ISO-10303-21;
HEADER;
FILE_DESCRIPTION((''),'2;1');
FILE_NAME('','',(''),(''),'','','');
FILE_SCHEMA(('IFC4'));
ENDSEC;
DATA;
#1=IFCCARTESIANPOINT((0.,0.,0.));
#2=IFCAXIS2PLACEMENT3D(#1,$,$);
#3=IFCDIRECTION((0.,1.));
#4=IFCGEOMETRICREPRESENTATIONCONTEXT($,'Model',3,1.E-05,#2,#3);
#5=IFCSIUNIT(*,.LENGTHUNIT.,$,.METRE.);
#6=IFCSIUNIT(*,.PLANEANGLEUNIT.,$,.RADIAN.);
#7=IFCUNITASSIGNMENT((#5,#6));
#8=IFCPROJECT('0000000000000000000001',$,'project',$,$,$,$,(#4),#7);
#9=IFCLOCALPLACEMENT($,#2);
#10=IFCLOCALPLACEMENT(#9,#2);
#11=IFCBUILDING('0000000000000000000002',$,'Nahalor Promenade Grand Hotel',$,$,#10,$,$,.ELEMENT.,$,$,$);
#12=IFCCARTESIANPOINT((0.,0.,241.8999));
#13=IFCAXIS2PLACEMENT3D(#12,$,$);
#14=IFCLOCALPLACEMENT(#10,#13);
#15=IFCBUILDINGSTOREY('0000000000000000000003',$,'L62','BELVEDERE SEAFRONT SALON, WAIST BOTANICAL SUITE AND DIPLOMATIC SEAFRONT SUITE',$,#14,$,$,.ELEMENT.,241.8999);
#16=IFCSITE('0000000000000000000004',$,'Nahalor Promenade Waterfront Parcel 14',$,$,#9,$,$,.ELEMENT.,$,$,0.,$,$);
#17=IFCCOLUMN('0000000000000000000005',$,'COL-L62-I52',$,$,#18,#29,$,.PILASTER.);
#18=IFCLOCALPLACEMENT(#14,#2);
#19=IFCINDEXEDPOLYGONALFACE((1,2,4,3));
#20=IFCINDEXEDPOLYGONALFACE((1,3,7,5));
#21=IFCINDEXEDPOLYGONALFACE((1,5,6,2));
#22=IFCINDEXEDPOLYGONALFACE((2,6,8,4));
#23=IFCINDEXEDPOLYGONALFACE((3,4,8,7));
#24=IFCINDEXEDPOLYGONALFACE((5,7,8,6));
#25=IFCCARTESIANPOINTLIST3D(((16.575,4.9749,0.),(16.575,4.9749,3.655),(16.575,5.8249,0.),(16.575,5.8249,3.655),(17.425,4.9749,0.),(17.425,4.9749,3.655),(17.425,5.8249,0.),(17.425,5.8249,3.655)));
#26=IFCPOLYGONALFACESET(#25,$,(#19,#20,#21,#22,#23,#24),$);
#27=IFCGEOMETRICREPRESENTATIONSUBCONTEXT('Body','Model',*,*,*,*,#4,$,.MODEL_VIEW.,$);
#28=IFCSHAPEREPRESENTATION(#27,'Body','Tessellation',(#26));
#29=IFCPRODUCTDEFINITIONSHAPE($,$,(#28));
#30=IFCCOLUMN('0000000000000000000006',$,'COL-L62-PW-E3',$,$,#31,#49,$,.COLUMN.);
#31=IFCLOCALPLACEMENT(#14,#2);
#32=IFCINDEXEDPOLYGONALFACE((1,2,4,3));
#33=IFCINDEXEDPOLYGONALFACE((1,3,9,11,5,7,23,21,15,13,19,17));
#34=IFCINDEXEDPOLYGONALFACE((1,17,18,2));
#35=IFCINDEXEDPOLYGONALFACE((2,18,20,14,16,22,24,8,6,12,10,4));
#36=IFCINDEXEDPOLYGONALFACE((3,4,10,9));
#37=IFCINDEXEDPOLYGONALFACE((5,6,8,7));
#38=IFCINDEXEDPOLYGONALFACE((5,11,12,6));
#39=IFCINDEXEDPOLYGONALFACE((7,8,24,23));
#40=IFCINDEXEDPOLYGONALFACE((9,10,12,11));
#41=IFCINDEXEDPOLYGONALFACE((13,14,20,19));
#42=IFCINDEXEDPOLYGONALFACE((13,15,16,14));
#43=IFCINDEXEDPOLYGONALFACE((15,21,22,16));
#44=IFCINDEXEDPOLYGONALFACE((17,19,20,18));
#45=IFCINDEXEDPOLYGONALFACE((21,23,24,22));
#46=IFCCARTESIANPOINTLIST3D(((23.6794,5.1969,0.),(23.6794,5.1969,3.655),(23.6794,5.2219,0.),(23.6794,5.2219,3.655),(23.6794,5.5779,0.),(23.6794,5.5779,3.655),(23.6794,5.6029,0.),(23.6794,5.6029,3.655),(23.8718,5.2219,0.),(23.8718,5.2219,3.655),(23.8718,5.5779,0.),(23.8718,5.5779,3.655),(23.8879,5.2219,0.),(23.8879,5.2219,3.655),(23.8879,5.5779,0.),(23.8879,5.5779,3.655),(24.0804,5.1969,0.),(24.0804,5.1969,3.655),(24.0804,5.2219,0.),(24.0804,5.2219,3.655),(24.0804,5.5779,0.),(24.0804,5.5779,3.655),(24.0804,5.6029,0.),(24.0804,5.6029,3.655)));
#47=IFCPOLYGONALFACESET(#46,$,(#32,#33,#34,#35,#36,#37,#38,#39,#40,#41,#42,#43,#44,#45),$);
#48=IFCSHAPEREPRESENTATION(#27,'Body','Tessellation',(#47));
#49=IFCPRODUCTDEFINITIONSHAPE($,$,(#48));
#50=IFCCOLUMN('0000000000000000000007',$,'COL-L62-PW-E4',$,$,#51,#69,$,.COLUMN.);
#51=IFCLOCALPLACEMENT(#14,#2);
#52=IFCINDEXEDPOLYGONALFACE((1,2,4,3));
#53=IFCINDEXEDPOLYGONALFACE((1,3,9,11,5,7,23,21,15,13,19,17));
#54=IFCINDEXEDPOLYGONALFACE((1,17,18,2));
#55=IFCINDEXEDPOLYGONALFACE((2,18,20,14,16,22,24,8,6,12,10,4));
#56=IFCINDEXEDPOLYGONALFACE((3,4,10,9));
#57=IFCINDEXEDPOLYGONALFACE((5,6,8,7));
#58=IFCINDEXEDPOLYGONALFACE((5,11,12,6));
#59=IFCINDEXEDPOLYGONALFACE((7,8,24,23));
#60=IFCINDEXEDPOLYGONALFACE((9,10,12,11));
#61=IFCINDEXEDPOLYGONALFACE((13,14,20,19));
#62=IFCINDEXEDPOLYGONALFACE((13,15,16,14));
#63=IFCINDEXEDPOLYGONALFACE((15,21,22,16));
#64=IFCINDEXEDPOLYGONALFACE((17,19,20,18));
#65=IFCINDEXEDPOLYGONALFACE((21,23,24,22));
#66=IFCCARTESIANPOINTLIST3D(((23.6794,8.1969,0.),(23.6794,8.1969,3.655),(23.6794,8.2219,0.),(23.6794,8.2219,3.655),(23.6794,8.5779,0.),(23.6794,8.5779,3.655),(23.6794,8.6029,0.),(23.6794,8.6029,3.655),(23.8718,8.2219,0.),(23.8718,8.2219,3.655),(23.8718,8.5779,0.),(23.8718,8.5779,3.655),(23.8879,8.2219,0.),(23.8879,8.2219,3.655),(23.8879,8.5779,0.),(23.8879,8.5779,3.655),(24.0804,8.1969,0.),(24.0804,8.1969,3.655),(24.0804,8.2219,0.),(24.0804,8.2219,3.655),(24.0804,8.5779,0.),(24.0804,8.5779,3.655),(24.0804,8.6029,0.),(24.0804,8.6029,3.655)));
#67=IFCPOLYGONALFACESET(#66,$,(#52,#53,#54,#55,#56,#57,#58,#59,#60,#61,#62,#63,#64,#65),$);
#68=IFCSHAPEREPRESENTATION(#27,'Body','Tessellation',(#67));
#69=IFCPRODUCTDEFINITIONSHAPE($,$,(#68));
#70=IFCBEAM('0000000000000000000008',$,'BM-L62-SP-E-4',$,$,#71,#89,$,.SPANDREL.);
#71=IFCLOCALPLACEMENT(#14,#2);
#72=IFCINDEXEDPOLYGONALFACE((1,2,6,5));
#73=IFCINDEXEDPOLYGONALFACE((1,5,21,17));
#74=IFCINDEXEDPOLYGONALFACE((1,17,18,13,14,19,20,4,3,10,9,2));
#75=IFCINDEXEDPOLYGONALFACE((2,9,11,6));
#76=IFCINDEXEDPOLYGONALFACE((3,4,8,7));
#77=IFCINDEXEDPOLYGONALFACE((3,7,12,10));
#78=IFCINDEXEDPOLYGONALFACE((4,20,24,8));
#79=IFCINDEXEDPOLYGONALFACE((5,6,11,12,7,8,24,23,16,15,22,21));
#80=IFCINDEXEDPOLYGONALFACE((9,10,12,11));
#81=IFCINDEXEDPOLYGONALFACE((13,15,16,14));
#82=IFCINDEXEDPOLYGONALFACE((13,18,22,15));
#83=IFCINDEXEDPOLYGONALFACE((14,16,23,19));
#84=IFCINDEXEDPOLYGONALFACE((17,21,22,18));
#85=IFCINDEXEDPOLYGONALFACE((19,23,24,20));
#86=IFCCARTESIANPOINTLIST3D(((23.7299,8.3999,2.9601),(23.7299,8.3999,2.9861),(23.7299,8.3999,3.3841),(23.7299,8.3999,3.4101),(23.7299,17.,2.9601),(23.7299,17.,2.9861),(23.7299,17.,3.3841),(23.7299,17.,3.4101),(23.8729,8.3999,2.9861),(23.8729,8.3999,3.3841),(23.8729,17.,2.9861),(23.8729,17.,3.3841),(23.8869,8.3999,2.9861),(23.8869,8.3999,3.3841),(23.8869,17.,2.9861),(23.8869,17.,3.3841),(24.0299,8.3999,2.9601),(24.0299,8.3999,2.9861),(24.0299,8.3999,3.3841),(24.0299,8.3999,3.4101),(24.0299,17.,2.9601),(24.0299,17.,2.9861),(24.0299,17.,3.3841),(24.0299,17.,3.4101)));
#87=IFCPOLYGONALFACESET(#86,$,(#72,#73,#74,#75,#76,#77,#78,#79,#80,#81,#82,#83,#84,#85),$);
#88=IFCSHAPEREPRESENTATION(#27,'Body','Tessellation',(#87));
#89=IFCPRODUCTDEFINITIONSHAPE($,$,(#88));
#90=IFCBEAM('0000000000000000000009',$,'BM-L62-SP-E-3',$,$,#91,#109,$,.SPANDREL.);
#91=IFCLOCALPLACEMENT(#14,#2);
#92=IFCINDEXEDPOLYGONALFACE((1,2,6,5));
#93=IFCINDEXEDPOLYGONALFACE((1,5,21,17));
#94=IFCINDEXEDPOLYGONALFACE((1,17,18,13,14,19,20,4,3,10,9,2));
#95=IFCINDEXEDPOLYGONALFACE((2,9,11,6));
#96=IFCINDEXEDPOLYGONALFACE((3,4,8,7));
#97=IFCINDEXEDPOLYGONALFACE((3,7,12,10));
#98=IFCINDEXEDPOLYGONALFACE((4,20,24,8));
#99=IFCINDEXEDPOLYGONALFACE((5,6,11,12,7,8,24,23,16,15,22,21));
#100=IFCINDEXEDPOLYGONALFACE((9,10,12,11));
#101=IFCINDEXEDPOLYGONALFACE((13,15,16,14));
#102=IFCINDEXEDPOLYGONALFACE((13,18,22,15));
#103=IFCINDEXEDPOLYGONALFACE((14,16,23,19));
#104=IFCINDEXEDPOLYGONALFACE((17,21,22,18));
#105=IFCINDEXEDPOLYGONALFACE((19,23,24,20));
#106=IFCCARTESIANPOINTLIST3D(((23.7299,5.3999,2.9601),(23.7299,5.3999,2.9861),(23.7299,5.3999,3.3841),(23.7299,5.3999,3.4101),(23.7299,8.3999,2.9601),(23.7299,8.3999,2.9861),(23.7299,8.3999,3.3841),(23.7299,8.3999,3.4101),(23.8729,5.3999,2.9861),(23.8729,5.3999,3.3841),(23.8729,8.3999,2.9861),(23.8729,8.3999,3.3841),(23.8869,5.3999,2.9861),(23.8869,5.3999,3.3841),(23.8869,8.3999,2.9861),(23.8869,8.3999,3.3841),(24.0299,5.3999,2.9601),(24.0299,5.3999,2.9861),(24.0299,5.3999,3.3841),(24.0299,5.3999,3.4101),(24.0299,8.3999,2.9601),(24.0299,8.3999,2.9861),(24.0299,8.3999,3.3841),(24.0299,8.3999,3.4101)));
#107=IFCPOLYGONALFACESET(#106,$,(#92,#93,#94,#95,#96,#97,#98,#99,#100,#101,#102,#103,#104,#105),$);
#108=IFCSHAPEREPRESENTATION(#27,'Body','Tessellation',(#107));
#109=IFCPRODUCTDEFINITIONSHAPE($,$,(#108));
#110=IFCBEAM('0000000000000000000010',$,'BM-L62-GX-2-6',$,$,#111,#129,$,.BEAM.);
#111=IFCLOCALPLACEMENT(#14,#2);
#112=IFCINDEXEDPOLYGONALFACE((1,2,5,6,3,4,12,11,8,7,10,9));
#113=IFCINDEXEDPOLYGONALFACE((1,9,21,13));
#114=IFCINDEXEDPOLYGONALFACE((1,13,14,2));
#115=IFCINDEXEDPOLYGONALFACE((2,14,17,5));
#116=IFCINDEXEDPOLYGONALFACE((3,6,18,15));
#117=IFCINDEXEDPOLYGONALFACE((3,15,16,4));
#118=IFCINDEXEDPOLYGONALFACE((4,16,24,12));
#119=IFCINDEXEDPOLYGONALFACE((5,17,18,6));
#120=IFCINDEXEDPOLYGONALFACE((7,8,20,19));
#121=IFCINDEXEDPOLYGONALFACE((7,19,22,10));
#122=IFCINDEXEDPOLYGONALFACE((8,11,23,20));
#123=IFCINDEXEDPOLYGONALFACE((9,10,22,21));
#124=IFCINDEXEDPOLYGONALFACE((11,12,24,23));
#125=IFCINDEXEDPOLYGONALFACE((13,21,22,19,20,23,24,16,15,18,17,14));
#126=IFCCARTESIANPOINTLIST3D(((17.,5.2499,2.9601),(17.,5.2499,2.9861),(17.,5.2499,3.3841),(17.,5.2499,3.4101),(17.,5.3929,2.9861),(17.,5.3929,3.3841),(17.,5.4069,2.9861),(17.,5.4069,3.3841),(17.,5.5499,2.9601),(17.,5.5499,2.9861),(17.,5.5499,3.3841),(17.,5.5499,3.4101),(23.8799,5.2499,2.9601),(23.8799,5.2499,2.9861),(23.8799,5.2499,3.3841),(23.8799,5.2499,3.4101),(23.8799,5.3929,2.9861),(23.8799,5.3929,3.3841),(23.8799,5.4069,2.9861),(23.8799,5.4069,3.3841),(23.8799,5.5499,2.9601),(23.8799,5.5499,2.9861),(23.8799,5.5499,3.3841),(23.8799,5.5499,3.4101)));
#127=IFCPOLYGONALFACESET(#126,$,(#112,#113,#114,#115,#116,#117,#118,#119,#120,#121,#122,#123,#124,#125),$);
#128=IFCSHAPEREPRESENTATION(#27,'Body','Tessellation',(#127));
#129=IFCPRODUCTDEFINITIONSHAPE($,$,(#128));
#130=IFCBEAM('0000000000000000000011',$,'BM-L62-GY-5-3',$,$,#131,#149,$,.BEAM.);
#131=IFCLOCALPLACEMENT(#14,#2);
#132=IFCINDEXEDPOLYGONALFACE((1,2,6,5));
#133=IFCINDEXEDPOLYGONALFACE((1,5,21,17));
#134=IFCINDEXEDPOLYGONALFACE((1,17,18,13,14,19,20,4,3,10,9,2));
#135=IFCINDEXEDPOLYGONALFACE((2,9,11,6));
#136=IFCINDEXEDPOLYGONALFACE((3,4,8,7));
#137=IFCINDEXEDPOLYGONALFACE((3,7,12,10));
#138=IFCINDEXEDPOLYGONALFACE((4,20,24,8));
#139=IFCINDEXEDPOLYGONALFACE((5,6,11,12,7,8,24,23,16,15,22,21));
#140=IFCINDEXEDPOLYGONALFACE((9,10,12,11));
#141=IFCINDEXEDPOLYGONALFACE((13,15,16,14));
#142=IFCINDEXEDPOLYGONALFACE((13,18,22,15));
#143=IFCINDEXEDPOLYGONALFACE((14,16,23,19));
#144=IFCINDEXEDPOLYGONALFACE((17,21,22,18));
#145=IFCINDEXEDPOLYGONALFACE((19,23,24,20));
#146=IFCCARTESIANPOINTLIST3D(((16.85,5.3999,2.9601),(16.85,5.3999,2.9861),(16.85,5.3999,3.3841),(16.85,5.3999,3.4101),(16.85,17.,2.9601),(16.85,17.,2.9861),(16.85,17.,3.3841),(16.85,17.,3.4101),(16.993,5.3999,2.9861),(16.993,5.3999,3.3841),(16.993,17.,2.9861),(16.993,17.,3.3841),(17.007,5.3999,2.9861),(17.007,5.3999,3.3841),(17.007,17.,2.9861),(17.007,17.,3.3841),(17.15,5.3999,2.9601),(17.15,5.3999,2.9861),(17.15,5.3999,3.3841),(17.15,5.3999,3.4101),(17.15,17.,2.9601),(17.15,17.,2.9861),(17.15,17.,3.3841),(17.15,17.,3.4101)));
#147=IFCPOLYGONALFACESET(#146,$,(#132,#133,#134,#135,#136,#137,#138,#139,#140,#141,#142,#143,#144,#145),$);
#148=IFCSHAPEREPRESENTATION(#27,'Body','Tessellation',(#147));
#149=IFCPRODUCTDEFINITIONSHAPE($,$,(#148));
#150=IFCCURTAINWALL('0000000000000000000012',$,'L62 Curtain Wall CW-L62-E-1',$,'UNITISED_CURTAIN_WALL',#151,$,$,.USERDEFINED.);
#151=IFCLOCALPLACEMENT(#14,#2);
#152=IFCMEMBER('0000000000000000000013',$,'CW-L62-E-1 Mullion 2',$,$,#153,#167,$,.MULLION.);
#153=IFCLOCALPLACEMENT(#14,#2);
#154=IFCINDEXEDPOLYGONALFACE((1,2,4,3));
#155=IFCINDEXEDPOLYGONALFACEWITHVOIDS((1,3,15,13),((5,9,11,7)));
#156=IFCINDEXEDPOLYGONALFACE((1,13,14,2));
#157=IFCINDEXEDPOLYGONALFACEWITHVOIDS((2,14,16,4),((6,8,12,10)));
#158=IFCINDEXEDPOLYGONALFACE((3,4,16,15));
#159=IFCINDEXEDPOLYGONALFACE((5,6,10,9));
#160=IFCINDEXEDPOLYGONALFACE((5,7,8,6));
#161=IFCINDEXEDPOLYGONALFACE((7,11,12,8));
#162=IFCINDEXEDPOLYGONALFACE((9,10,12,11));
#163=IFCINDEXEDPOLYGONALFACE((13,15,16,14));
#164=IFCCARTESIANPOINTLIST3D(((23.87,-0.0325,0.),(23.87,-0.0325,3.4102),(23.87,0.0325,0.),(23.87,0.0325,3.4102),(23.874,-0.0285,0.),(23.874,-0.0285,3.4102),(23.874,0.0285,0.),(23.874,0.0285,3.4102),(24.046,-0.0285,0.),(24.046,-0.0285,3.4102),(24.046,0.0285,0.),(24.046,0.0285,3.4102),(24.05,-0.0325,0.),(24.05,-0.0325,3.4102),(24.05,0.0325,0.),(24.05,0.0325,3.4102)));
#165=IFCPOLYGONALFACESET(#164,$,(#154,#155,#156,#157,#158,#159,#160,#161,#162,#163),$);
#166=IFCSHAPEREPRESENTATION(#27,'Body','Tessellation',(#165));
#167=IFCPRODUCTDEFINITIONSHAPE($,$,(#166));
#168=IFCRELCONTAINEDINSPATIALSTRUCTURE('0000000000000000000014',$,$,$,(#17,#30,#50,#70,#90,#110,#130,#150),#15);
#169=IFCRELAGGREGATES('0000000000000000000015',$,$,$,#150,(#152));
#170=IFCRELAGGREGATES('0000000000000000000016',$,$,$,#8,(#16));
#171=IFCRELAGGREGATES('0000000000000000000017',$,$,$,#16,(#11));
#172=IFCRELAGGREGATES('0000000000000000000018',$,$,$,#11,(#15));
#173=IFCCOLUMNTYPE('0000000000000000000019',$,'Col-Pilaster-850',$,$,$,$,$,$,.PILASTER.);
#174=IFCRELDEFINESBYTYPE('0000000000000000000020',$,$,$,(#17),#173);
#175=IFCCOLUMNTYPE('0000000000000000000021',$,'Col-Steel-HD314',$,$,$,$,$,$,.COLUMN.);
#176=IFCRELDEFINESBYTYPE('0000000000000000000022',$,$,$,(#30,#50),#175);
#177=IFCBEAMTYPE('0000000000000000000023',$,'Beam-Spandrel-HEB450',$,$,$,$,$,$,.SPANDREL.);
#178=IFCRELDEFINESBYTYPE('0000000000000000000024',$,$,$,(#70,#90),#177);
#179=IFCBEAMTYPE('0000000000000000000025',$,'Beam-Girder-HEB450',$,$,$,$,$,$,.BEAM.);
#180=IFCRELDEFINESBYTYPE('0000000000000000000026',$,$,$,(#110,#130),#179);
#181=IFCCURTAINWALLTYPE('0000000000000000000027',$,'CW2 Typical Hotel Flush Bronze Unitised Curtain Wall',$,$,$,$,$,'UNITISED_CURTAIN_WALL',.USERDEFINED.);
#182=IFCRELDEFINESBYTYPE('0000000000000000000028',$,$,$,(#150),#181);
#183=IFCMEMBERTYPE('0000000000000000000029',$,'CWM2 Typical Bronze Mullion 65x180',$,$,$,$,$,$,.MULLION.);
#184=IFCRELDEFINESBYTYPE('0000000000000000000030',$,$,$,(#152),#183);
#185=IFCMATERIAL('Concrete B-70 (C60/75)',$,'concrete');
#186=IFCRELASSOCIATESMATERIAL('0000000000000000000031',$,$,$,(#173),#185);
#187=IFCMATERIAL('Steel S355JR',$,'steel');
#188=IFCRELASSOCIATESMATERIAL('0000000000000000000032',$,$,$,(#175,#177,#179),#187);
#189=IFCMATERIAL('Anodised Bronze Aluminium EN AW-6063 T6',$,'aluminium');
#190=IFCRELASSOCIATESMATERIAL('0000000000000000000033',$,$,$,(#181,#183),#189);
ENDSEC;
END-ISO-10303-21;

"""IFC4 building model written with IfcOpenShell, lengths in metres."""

from ifc_helpers import new_model, si_unit, direction, frame, origin, origin_2d, place, context, subcontext, project, spatial, rectangle, hollow_rectangle, i_section, extrude, source, transform, mapped, material, material_profile, profile_set, type_object, element, aggregate, save


model = new_model("IFC4")

# Units and contexts
model_context = context("Model", 3, precision=1e-05, world=origin(), true_north=direction((0.0, 1.0)))
body_context = subcontext(model_context, "Body", "Model", "MODEL_VIEW")
ifc_project = project(units=[si_unit("LENGTHUNIT", "METRE"), si_unit("PLANEANGLEUNIT", "RADIAN")], contexts=[model_context])

# Site, building, storey
site_placement = place(None, origin())
site = spatial("IfcSite", under=ifc_project, at=site_placement, Name="Nahalor Promenade Waterfront Parcel 14", CompositionType="ELEMENT", RefElevation=0.0)
building_placement = place(site_placement, origin())
building = spatial("IfcBuilding", under=site, at=building_placement, Name="Nahalor Promenade Grand Hotel", CompositionType="ELEMENT")
storey_placement = place(building_placement, frame((0.0, 0.0, 241.8999)))
storey = spatial("IfcBuildingStorey", under=building, at=storey_placement, Name="L62", Description="BELVEDERE SEAFRONT SALON, WAIST BOTANICAL SUITE AND DIPLOMATIC SEAFRONT SUITE", CompositionType="ELEMENT", Elevation=241.8999)

# Columns
ifc_material_1 = material(Name="Concrete B-70 (C60/75)", Category="concrete")
ifc_material_profile_1 = material_profile(ifc_material_1, rectangle(XDim=0.85, YDim=0.85, at=origin_2d()), Name="RC 850x850")
ifc_profile_set_1 = profile_set([ifc_material_profile_1], Name="Concrete B-70 (C60/75)")
column_type_1 = type_object("IfcColumnType", Name="Col-Pilaster-850", PredefinedType="PILASTER", material=ifc_profile_set_1)
shared_shape_1 = source(origin(), body_context, "Body", "SweptSolid", [
    extrude(rectangle(XDim=0.85, YDim=0.85, at=origin_2d()), origin(), (0.0, 0.0, 1.0), 3.655),
])
column_placement = place(storey_placement, frame((17.0, 5.3999, 0.0), z_axis=(0.0, 0.0, 1.0), x_axis=(1.0, 0.0, 0.0)))
element("IfcColumn", 1, at=column_placement, inside=storey, type_object=column_type_1, Name="COL-L62-I52", PredefinedType="PILASTER", context=body_context, shape_type="MappedRepresentation", body=[
    mapped(shared_shape_1, transform((0.0, 0.0, 0.0), scale=1.0)),
])
ifc_material_2 = material(Name="Steel S355JR", Category="steel")
ifc_material_profile_2 = material_profile(ifc_material_2, i_section(OverallWidth=0.401, OverallDepth=0.406, WebThickness=0.0161, FlangeThickness=0.025, at=origin_2d()), Name="HD 400x314")
ifc_profile_set_2 = profile_set([ifc_material_profile_2], Name="Steel S355JR")
column_type_2 = type_object("IfcColumnType", Name="Col-Steel-HD314", PredefinedType="COLUMN", material=ifc_profile_set_2)
shared_shape_2 = source(origin(), body_context, "Body", "SweptSolid", [
    extrude(i_section(OverallWidth=0.401, OverallDepth=0.406, WebThickness=0.0161, FlangeThickness=0.025, at=origin_2d()), origin(), (0.0, 0.0, 1.0), 3.655),
])
for number, where, z_axis, x_axis, name in (
    (2, (23.8799, 5.3999, 0.0), (0.0, 0.0, 1.0), (1.0, 0.0, 0.0), "COL-L62-PW-E3"),
    (3, (23.8799, 8.3999, 0.0), (0.0, 0.0, 1.0), (1.0, 0.0, 0.0), "COL-L62-PW-E4"),
):
    element("IfcColumn", number, at=place(storey_placement, frame(where, z_axis=z_axis, x_axis=x_axis)), inside=storey, type_object=column_type_2, Name=name, PredefinedType="COLUMN", context=body_context, shape_type="MappedRepresentation", body=[
        mapped(shared_shape_2, transform((0.0, 0.0, 0.0), scale=1.0)),
    ])

# Beams
ifc_material_profile_3 = material_profile(ifc_material_2, i_section(OverallWidth=0.3, OverallDepth=0.45, WebThickness=0.014, FlangeThickness=0.026, at=origin_2d()), Name="HEB 450")
ifc_profile_set_3 = profile_set([ifc_material_profile_3], Name="Steel S355JR")
beam_type_1 = type_object("IfcBeamType", Name="Beam-Spandrel-HEB450", PredefinedType="SPANDREL", material=ifc_profile_set_3)
shared_shape_3 = source(origin(), body_context, "Body", "SweptSolid", [
    extrude(i_section(OverallWidth=0.3, OverallDepth=0.45, WebThickness=0.014, FlangeThickness=0.026, at=origin_2d()), origin(), (0.0, 0.0, 1.0), 8.6001),
])
beam_1_placement = place(storey_placement, frame((23.8799, 8.3999, 3.1851), z_axis=(0.0, 1.0, 0.0), x_axis=(-1.0, 0.0, 0.0)))
element("IfcBeam", 4, at=beam_1_placement, inside=storey, type_object=beam_type_1, Name="BM-L62-SP-E-4", PredefinedType="SPANDREL", context=body_context, shape_type="MappedRepresentation", body=[
    mapped(shared_shape_3, transform((0.0, 0.0, 0.0), scale=1.0)),
])
shared_shape_4 = source(origin(), body_context, "Body", "SweptSolid", [
    extrude(i_section(OverallWidth=0.3, OverallDepth=0.45, WebThickness=0.014, FlangeThickness=0.026, at=origin_2d()), origin(), (0.0, 0.0, 1.0), 3.0),
])
beam_2_placement = place(storey_placement, frame((23.8799, 5.3999, 3.1851), z_axis=(0.0, 1.0, 0.0), x_axis=(-1.0, 0.0, 0.0)))
element("IfcBeam", 5, at=beam_2_placement, inside=storey, type_object=beam_type_1, Name="BM-L62-SP-E-3", PredefinedType="SPANDREL", context=body_context, shape_type="MappedRepresentation", body=[
    mapped(shared_shape_4, transform((0.0, 0.0, 0.0), scale=1.0)),
])
ifc_material_profile_4 = material_profile(ifc_material_2, i_section(OverallWidth=0.3, OverallDepth=0.45, WebThickness=0.014, FlangeThickness=0.026, at=origin_2d()), Name="HEB 450")
ifc_profile_set_4 = profile_set([ifc_material_profile_4], Name="Steel S355JR")
beam_type_2 = type_object("IfcBeamType", Name="Beam-Girder-HEB450", PredefinedType="BEAM", material=ifc_profile_set_4)
shared_shape_5 = source(origin(), body_context, "Body", "SweptSolid", [
    extrude(i_section(OverallWidth=0.3, OverallDepth=0.45, WebThickness=0.014, FlangeThickness=0.026, at=origin_2d()), origin(), (0.0, 0.0, 1.0), 6.8799),
])
beam_3_placement = place(storey_placement, frame((17.0, 5.3999, 3.1851), z_axis=(1.0, 0.0, 0.0), x_axis=(0.0, 1.0, 0.0)))
element("IfcBeam", 6, at=beam_3_placement, inside=storey, type_object=beam_type_2, Name="BM-L62-GX-2-6", PredefinedType="BEAM", context=body_context, shape_type="MappedRepresentation", body=[
    mapped(shared_shape_5, transform((0.0, 0.0, 0.0), scale=1.0)),
])
shared_shape_6 = source(origin(), body_context, "Body", "SweptSolid", [
    extrude(i_section(OverallWidth=0.3, OverallDepth=0.45, WebThickness=0.014, FlangeThickness=0.026, at=origin_2d()), origin(), (0.0, 0.0, 1.0), 11.6001),
])
beam_4_placement = place(storey_placement, frame((17.0, 5.3999, 3.1851), z_axis=(0.0, 1.0, 0.0), x_axis=(-1.0, 0.0, 0.0)))
element("IfcBeam", 7, at=beam_4_placement, inside=storey, type_object=beam_type_2, Name="BM-L62-GY-5-3", PredefinedType="BEAM", context=body_context, shape_type="MappedRepresentation", body=[
    mapped(shared_shape_6, transform((0.0, 0.0, 0.0), scale=1.0)),
])

# Curtain wall, member
ifc_material_3 = material(Name="Anodised Bronze Aluminium EN AW-6063 T6", Category="aluminium")
curtain_wall_type = type_object("IfcCurtainWallType", Name="CW2 Typical Hotel Flush Bronze Unitised Curtain Wall", ElementType="UNITISED_CURTAIN_WALL", PredefinedType="USERDEFINED", material=ifc_material_3)
curtain_wall_placement = place(storey_placement, origin())
curtain_wall = element("IfcCurtainWall", 8, at=curtain_wall_placement, inside=storey, type_object=curtain_wall_type, Name="L62 Curtain Wall CW-L62-E-1", ObjectType="UNITISED_CURTAIN_WALL", PredefinedType="USERDEFINED")
ifc_material_profile_5 = material_profile(ifc_material_3, hollow_rectangle(XDim=0.065, YDim=0.18, WallThickness=0.004, at=origin_2d()), Name="CWM 65x180x4")
ifc_profile_set_5 = profile_set([ifc_material_profile_5], Name="Anodised Bronze Aluminium EN AW-6063 T6")
member_type_1 = type_object("IfcMemberType", Name="CWM2 Typical Bronze Mullion 65x180", PredefinedType="MULLION", material=ifc_profile_set_5)
shared_shape_7 = source(origin(), body_context, "Body", "SweptSolid", [
    extrude(hollow_rectangle(XDim=0.065, YDim=0.18, WallThickness=0.004, at=origin_2d()), origin(), (0.0, 0.0, 1.0), 3.4102),
])
member_1_placement = place(storey_placement, frame((23.96, 0.0, 0.0), z_axis=(0.0, 0.0, 1.0), x_axis=(0.0, 1.0, 0.0)))
member_1 = element("IfcMember", 9, at=member_1_placement, type_object=member_type_1, Name="CW-L62-E-1 Mullion 2", PredefinedType="MULLION", context=body_context, shape_type="MappedRepresentation", body=[
    mapped(shared_shape_7, transform((0.0, 0.0, 0.0), scale=1.0)),
])
aggregate(curtain_wall, [member_1])

save(model, "model.ifc")
